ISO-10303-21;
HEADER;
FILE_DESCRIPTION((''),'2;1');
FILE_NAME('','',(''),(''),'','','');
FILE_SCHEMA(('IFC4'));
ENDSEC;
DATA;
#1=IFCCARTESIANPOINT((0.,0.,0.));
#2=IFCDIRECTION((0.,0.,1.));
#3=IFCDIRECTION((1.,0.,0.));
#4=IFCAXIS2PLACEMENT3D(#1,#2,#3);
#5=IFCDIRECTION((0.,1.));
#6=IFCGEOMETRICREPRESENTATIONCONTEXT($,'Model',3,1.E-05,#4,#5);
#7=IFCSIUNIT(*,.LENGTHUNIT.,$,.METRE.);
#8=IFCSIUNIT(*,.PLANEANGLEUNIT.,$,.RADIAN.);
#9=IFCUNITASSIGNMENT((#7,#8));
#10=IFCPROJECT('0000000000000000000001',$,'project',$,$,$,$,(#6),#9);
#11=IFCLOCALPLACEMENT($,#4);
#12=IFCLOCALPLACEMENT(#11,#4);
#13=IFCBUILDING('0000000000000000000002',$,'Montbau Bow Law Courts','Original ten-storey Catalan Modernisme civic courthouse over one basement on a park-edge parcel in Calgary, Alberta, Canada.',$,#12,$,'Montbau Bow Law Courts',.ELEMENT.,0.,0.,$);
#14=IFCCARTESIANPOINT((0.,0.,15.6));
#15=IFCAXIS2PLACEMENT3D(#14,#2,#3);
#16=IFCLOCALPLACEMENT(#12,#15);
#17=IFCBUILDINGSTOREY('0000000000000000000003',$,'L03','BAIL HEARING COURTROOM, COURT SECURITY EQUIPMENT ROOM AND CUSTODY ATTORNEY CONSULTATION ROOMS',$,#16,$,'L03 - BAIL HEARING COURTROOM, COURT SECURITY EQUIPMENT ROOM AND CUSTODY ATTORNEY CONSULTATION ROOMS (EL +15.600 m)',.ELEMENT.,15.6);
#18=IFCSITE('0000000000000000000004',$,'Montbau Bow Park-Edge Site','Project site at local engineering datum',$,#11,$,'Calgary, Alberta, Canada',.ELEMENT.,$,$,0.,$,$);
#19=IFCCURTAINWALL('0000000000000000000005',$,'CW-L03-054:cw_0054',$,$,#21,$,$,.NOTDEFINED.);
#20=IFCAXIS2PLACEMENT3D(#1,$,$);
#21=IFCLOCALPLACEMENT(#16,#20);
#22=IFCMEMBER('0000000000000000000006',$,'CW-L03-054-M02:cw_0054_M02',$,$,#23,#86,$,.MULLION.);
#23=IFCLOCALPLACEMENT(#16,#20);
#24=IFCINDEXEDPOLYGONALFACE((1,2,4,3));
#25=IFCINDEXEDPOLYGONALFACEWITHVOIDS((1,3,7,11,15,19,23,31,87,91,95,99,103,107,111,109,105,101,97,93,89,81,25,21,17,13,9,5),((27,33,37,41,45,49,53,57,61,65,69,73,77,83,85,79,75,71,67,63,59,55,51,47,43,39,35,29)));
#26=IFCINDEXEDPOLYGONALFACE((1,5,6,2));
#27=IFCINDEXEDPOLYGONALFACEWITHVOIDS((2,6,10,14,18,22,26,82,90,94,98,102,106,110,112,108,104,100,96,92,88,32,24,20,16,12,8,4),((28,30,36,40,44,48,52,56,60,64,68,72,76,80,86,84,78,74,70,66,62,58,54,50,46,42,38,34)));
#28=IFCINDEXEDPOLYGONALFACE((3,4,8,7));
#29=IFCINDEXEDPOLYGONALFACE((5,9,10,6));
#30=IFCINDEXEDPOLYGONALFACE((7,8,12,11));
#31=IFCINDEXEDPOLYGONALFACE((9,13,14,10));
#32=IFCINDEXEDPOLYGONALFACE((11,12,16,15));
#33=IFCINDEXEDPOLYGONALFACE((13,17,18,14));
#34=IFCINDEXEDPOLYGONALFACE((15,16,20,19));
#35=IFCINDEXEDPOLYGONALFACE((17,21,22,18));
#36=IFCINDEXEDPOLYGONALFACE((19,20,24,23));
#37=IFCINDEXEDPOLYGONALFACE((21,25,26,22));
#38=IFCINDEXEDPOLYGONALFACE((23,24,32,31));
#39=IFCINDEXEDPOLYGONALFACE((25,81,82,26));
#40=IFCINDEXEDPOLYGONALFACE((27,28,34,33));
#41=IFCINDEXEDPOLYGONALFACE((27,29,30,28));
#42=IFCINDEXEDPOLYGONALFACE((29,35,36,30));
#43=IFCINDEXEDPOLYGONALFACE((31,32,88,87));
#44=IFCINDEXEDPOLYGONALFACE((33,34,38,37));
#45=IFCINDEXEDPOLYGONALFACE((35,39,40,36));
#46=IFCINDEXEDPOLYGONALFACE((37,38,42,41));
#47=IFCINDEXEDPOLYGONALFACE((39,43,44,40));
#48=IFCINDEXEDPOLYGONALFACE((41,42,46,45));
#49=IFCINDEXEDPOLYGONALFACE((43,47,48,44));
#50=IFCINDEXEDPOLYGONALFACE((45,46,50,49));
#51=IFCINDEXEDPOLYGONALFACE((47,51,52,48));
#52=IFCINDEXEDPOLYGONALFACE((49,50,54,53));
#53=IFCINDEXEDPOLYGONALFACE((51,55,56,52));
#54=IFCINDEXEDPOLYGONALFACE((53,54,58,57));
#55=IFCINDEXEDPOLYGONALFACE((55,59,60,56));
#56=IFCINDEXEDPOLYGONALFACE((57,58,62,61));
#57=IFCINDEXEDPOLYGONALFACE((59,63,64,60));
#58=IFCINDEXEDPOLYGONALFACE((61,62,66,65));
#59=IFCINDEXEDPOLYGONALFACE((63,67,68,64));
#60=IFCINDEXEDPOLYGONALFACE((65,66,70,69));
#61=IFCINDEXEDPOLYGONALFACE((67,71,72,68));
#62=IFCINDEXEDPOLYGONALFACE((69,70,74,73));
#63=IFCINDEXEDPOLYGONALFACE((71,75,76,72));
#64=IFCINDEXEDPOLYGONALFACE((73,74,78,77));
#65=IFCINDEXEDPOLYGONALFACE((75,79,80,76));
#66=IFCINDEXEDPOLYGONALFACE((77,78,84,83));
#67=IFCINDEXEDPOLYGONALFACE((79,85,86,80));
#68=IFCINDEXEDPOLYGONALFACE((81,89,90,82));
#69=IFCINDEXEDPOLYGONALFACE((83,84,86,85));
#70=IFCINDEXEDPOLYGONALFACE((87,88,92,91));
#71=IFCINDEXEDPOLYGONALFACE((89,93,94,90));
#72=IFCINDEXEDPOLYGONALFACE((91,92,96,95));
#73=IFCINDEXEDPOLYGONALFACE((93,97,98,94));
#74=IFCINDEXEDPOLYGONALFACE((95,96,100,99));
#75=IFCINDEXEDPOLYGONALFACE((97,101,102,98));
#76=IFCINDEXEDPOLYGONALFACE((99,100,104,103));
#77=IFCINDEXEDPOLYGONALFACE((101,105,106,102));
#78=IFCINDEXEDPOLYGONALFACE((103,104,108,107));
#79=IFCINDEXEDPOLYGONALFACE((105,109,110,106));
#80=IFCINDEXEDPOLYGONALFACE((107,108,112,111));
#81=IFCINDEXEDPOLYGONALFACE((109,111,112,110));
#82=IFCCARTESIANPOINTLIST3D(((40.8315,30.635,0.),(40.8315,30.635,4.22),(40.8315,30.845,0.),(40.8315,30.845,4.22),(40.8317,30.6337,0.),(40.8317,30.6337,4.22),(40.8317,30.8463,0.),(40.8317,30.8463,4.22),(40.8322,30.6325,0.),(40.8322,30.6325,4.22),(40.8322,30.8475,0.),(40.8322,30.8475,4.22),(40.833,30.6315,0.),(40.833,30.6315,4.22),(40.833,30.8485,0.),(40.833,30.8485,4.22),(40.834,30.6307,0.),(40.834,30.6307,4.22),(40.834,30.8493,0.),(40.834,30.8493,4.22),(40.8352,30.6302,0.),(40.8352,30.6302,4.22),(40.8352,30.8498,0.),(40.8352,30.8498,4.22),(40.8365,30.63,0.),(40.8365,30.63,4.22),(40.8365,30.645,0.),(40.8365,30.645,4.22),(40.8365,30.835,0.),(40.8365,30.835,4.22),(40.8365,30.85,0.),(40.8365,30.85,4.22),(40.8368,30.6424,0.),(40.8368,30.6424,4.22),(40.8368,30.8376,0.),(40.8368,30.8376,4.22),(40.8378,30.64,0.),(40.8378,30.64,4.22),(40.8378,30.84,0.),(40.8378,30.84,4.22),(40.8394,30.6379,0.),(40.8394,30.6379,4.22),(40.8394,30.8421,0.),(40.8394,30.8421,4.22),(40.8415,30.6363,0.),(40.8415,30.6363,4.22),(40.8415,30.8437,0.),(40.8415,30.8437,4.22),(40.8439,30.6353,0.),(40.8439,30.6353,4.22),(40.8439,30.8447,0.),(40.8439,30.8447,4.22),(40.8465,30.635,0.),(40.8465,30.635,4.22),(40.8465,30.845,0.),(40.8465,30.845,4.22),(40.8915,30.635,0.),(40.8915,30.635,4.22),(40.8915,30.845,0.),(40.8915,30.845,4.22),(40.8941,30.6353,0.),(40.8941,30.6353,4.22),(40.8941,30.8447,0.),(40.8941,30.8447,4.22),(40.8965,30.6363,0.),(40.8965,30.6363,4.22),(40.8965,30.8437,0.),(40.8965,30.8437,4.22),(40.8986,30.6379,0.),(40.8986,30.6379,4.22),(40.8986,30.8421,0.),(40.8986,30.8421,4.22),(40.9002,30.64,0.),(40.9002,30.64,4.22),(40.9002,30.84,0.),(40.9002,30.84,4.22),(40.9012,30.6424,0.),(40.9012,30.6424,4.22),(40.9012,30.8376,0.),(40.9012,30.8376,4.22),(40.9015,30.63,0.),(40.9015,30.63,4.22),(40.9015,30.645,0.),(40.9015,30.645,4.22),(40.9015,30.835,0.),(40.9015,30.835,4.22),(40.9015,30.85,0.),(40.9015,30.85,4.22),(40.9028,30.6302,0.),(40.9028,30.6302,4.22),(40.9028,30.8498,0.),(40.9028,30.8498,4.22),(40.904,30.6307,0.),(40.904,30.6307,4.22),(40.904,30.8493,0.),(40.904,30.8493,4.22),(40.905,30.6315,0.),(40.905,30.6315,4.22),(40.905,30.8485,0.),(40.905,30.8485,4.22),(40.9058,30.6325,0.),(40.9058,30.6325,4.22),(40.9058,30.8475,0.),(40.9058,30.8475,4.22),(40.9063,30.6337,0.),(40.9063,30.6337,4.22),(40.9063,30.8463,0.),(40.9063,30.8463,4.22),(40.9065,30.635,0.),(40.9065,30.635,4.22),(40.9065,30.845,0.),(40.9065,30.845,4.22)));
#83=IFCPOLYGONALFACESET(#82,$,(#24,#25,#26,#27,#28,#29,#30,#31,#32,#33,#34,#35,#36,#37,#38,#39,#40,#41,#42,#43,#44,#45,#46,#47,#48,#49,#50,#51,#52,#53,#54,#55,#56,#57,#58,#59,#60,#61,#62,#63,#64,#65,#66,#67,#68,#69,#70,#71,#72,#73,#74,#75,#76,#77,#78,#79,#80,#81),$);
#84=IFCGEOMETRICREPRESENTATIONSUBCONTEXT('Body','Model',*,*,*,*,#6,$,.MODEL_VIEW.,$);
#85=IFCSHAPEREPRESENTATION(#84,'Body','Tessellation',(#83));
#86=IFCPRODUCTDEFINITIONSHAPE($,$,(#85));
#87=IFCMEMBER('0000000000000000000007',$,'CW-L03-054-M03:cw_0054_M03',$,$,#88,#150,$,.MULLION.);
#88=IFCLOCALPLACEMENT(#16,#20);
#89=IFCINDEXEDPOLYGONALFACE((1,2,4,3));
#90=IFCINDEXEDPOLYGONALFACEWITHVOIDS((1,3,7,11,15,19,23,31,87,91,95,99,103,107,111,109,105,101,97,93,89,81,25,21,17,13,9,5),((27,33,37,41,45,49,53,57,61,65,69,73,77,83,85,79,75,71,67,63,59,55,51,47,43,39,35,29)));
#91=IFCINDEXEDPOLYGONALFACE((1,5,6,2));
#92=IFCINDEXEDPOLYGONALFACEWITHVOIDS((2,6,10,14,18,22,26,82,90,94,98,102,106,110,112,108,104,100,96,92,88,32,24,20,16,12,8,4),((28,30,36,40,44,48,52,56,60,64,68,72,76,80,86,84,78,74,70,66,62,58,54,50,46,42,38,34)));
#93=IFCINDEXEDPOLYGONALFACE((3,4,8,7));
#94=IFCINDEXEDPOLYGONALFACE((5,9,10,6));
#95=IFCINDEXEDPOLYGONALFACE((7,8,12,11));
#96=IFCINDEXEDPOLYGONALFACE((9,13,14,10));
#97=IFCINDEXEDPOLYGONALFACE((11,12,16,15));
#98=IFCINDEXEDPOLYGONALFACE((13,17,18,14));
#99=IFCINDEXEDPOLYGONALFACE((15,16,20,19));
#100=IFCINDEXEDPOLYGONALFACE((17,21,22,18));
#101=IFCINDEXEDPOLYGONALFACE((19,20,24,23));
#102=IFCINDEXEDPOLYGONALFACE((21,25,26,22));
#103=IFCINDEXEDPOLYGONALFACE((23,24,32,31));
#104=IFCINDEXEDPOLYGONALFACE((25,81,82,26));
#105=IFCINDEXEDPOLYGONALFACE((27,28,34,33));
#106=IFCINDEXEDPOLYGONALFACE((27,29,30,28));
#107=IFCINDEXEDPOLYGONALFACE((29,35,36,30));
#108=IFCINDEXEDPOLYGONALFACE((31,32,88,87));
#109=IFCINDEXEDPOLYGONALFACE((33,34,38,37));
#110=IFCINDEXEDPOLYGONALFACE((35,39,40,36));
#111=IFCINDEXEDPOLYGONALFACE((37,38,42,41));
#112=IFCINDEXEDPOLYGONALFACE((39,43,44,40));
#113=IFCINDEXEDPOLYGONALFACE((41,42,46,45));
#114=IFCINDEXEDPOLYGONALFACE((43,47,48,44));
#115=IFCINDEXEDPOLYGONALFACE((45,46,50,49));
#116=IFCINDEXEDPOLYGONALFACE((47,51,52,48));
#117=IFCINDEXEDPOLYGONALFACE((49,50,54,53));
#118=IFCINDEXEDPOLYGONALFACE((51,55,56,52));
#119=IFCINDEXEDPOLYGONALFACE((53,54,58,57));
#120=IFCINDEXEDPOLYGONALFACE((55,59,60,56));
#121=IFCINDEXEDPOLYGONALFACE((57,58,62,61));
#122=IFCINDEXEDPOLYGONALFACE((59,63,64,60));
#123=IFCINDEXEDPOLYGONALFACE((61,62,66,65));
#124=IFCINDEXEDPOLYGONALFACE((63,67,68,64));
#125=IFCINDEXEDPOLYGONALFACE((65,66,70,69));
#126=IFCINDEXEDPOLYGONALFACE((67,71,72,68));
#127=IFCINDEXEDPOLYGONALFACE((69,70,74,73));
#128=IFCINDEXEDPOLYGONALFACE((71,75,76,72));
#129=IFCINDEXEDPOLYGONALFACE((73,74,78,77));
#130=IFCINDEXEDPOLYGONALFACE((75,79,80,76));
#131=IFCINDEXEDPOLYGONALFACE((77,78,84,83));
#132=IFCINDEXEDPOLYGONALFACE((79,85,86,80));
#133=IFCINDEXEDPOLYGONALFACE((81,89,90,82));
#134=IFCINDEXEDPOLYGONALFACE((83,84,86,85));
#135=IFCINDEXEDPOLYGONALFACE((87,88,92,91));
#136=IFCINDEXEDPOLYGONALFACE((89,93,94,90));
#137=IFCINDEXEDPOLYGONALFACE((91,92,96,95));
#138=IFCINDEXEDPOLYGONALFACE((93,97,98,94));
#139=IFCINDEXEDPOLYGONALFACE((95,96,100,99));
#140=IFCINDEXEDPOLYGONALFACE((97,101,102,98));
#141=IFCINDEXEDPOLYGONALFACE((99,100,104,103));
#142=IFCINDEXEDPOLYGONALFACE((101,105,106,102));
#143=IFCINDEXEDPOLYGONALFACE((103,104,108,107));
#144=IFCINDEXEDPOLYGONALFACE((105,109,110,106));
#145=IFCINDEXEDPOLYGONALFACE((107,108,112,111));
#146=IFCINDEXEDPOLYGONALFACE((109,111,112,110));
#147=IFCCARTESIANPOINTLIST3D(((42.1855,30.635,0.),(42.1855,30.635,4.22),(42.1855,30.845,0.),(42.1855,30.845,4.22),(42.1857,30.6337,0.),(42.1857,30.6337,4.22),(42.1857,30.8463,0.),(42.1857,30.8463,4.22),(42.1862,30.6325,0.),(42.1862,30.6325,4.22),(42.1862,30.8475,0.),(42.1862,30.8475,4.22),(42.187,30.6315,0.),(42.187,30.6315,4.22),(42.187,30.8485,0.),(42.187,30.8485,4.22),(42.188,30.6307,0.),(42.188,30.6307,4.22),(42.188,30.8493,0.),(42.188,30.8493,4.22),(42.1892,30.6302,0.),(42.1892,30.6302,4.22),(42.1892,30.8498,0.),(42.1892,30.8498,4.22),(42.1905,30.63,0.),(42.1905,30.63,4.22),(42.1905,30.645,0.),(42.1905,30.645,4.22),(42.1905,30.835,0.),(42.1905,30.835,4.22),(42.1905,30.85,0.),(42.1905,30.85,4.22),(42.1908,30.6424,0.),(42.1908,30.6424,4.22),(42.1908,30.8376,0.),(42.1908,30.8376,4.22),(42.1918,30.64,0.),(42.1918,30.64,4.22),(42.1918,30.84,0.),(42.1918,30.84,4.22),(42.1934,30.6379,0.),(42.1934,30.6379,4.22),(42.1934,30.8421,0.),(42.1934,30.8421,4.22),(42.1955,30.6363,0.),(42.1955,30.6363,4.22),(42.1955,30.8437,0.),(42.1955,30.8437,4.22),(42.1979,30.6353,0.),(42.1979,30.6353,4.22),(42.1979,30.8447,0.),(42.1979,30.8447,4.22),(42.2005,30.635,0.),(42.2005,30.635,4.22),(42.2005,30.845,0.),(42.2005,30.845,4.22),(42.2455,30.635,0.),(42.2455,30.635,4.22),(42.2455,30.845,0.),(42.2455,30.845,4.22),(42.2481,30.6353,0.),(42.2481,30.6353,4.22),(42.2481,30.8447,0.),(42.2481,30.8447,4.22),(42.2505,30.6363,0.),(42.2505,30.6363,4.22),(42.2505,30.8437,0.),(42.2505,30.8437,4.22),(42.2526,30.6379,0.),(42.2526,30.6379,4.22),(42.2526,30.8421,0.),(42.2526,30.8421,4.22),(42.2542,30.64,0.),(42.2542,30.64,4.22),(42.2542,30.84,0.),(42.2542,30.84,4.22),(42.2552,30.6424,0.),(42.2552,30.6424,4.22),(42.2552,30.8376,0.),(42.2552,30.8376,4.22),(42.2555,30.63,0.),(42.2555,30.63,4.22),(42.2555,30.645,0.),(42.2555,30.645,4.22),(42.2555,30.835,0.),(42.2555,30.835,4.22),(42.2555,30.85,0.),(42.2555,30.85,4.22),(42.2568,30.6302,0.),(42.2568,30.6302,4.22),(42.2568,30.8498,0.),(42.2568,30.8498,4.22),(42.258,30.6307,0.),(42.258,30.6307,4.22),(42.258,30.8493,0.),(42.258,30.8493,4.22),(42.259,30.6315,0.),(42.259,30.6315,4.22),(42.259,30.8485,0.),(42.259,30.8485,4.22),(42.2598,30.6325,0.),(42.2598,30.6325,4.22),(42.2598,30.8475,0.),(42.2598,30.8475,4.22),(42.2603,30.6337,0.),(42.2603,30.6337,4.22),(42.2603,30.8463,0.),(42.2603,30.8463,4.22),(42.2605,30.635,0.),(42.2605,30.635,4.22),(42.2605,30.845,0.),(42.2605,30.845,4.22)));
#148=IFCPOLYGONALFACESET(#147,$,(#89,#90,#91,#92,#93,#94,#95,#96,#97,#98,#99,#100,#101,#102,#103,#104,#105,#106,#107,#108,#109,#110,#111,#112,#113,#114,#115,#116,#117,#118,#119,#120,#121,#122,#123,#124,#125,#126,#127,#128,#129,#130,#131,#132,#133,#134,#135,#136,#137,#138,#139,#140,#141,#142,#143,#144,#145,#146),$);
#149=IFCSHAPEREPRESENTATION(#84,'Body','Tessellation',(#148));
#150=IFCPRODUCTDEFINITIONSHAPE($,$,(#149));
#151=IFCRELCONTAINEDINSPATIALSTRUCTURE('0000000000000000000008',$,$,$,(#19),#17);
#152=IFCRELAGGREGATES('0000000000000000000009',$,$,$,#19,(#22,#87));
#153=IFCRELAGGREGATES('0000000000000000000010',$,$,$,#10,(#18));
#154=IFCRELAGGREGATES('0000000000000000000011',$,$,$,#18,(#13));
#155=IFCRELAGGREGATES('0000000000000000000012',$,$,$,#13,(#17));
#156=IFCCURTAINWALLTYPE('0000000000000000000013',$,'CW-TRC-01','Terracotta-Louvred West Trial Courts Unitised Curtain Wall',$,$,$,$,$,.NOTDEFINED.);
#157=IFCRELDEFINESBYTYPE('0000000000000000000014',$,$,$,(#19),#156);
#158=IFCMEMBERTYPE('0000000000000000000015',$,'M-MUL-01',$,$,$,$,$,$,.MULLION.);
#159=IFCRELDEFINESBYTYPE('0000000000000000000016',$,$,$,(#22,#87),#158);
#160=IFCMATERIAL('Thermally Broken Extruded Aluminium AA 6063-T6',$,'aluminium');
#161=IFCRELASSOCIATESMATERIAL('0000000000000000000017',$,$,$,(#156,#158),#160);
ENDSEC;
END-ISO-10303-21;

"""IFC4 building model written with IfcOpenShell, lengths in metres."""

from ifc_helpers import new_model, si_unit, direction, frame, origin_with_axes, origin_2d_with_axis, place, context, subcontext, project, spatial, hollow_rectangle, extrude, material, material_profile, profile_set, type_object, element, aggregate, save


model = new_model("IFC4")

# Units and contexts
model_context = context("Model", 3, precision=1e-05, world=origin_with_axes(), true_north=direction((0.0, 1.0)))
body_context = subcontext(model_context, "Body", "Model", "MODEL_VIEW")
ifc_project = project(units=[si_unit("LENGTHUNIT", "METRE"), si_unit("PLANEANGLEUNIT", "RADIAN")], contexts=[model_context])

# Site, building, storey
site_placement = place(None, origin_with_axes())
site = spatial("IfcSite", under=ifc_project, at=site_placement, Name="Montbau Bow Park-Edge Site", Description="Project site at local engineering datum", LongName="Calgary, Alberta, Canada", CompositionType="ELEMENT", RefElevation=0.0)
building_placement = place(site_placement, origin_with_axes())
building = spatial("IfcBuilding", under=site, at=building_placement, Name="Montbau Bow Law Courts", Description="Original ten-storey Catalan Modernisme civic courthouse over one basement on a park-edge parcel in Calgary, Alberta, Canada.", LongName="Montbau Bow Law Courts", CompositionType="ELEMENT", ElevationOfRefHeight=0.0, ElevationOfTerrain=0.0)
storey_placement = place(building_placement, frame((0.0, 0.0, 15.6), z_axis=(0.0, 0.0, 1.0), x_axis=(1.0, 0.0, 0.0)))
storey = spatial("IfcBuildingStorey", under=building, at=storey_placement, Name="L03", Description="BAIL HEARING COURTROOM, COURT SECURITY EQUIPMENT ROOM AND CUSTODY ATTORNEY CONSULTATION ROOMS", LongName="L03 - BAIL HEARING COURTROOM, COURT SECURITY EQUIPMENT ROOM AND CUSTODY ATTORNEY CONSULTATION ROOMS (EL +15.600 m)", CompositionType="ELEMENT", Elevation=15.6)

# Curtain wall, members
ifc_material_1 = material(Name="Thermally Broken Extruded Aluminium AA 6063-T6", Category="aluminium")
curtain_wall_type = type_object("IfcCurtainWallType", Name="CW-TRC-01", Description="Terracotta-Louvred West Trial Courts Unitised Curtain Wall", PredefinedType="NOTDEFINED", material=ifc_material_1)
curtain_wall_placement = place(None, frame((39.515, 30.74, 15.6), z_axis=(0.0, 0.0, 1.0), x_axis=(1.0, 0.0, 0.0)))
curtain_wall = element("IfcCurtainWall", 1, at=curtain_wall_placement, inside=storey, type_object=curtain_wall_type, Name="CW-L03-054:cw_0054", PredefinedType="NOTDEFINED")
ifc_material_profile_1 = material_profile(ifc_material_1, hollow_rectangle(XDim=0.075, YDim=0.22, WallThickness=0.005, InnerFilletRadius=0.01, OuterFilletRadius=0.005, at=origin_2d_with_axis()), Name="CWM-220X75", Category="Main", Priority=0)
ifc_profile_set_1 = profile_set([ifc_material_profile_1], Name="Thermally Broken Extruded Aluminium AA 6063-T6")
member_type_1 = type_object("IfcMemberType", Name="M-MUL-01", PredefinedType="MULLION", material=ifc_profile_set_1)
member_1_placement = place(None, frame((40.869, 30.74, 15.6), z_axis=(0.0, 0.0, 1.0), x_axis=(1.0, 0.0, 0.0)))
member_1 = element("IfcMember", 2, at=member_1_placement, type_object=member_type_1, Name="CW-L03-054-M02:cw_0054_M02", PredefinedType="MULLION", context=body_context, shape_type="SweptSolid", body=[
    extrude(hollow_rectangle(XDim=0.075, YDim=0.22, WallThickness=0.005, InnerFilletRadius=0.01, OuterFilletRadius=0.005, at=origin_2d_with_axis()), origin_with_axes(), (0.0, 0.0, 1.0), 4.22),
])
member_2_placement = place(None, frame((42.223, 30.74, 15.6), z_axis=(0.0, 0.0, 1.0), x_axis=(1.0, 0.0, 0.0)))
member_2 = element("IfcMember", 3, at=member_2_placement, type_object=member_type_1, Name="CW-L03-054-M03:cw_0054_M03", PredefinedType="MULLION", context=body_context, shape_type="SweptSolid", body=[
    extrude(hollow_rectangle(XDim=0.075, YDim=0.22, WallThickness=0.005, InnerFilletRadius=0.01, OuterFilletRadius=0.005, at=origin_2d_with_axis()), origin_with_axes(), (0.0, 0.0, 1.0), 4.22),
])
aggregate(curtain_wall, [member_1, member_2])

save(model, "model.ifc")
